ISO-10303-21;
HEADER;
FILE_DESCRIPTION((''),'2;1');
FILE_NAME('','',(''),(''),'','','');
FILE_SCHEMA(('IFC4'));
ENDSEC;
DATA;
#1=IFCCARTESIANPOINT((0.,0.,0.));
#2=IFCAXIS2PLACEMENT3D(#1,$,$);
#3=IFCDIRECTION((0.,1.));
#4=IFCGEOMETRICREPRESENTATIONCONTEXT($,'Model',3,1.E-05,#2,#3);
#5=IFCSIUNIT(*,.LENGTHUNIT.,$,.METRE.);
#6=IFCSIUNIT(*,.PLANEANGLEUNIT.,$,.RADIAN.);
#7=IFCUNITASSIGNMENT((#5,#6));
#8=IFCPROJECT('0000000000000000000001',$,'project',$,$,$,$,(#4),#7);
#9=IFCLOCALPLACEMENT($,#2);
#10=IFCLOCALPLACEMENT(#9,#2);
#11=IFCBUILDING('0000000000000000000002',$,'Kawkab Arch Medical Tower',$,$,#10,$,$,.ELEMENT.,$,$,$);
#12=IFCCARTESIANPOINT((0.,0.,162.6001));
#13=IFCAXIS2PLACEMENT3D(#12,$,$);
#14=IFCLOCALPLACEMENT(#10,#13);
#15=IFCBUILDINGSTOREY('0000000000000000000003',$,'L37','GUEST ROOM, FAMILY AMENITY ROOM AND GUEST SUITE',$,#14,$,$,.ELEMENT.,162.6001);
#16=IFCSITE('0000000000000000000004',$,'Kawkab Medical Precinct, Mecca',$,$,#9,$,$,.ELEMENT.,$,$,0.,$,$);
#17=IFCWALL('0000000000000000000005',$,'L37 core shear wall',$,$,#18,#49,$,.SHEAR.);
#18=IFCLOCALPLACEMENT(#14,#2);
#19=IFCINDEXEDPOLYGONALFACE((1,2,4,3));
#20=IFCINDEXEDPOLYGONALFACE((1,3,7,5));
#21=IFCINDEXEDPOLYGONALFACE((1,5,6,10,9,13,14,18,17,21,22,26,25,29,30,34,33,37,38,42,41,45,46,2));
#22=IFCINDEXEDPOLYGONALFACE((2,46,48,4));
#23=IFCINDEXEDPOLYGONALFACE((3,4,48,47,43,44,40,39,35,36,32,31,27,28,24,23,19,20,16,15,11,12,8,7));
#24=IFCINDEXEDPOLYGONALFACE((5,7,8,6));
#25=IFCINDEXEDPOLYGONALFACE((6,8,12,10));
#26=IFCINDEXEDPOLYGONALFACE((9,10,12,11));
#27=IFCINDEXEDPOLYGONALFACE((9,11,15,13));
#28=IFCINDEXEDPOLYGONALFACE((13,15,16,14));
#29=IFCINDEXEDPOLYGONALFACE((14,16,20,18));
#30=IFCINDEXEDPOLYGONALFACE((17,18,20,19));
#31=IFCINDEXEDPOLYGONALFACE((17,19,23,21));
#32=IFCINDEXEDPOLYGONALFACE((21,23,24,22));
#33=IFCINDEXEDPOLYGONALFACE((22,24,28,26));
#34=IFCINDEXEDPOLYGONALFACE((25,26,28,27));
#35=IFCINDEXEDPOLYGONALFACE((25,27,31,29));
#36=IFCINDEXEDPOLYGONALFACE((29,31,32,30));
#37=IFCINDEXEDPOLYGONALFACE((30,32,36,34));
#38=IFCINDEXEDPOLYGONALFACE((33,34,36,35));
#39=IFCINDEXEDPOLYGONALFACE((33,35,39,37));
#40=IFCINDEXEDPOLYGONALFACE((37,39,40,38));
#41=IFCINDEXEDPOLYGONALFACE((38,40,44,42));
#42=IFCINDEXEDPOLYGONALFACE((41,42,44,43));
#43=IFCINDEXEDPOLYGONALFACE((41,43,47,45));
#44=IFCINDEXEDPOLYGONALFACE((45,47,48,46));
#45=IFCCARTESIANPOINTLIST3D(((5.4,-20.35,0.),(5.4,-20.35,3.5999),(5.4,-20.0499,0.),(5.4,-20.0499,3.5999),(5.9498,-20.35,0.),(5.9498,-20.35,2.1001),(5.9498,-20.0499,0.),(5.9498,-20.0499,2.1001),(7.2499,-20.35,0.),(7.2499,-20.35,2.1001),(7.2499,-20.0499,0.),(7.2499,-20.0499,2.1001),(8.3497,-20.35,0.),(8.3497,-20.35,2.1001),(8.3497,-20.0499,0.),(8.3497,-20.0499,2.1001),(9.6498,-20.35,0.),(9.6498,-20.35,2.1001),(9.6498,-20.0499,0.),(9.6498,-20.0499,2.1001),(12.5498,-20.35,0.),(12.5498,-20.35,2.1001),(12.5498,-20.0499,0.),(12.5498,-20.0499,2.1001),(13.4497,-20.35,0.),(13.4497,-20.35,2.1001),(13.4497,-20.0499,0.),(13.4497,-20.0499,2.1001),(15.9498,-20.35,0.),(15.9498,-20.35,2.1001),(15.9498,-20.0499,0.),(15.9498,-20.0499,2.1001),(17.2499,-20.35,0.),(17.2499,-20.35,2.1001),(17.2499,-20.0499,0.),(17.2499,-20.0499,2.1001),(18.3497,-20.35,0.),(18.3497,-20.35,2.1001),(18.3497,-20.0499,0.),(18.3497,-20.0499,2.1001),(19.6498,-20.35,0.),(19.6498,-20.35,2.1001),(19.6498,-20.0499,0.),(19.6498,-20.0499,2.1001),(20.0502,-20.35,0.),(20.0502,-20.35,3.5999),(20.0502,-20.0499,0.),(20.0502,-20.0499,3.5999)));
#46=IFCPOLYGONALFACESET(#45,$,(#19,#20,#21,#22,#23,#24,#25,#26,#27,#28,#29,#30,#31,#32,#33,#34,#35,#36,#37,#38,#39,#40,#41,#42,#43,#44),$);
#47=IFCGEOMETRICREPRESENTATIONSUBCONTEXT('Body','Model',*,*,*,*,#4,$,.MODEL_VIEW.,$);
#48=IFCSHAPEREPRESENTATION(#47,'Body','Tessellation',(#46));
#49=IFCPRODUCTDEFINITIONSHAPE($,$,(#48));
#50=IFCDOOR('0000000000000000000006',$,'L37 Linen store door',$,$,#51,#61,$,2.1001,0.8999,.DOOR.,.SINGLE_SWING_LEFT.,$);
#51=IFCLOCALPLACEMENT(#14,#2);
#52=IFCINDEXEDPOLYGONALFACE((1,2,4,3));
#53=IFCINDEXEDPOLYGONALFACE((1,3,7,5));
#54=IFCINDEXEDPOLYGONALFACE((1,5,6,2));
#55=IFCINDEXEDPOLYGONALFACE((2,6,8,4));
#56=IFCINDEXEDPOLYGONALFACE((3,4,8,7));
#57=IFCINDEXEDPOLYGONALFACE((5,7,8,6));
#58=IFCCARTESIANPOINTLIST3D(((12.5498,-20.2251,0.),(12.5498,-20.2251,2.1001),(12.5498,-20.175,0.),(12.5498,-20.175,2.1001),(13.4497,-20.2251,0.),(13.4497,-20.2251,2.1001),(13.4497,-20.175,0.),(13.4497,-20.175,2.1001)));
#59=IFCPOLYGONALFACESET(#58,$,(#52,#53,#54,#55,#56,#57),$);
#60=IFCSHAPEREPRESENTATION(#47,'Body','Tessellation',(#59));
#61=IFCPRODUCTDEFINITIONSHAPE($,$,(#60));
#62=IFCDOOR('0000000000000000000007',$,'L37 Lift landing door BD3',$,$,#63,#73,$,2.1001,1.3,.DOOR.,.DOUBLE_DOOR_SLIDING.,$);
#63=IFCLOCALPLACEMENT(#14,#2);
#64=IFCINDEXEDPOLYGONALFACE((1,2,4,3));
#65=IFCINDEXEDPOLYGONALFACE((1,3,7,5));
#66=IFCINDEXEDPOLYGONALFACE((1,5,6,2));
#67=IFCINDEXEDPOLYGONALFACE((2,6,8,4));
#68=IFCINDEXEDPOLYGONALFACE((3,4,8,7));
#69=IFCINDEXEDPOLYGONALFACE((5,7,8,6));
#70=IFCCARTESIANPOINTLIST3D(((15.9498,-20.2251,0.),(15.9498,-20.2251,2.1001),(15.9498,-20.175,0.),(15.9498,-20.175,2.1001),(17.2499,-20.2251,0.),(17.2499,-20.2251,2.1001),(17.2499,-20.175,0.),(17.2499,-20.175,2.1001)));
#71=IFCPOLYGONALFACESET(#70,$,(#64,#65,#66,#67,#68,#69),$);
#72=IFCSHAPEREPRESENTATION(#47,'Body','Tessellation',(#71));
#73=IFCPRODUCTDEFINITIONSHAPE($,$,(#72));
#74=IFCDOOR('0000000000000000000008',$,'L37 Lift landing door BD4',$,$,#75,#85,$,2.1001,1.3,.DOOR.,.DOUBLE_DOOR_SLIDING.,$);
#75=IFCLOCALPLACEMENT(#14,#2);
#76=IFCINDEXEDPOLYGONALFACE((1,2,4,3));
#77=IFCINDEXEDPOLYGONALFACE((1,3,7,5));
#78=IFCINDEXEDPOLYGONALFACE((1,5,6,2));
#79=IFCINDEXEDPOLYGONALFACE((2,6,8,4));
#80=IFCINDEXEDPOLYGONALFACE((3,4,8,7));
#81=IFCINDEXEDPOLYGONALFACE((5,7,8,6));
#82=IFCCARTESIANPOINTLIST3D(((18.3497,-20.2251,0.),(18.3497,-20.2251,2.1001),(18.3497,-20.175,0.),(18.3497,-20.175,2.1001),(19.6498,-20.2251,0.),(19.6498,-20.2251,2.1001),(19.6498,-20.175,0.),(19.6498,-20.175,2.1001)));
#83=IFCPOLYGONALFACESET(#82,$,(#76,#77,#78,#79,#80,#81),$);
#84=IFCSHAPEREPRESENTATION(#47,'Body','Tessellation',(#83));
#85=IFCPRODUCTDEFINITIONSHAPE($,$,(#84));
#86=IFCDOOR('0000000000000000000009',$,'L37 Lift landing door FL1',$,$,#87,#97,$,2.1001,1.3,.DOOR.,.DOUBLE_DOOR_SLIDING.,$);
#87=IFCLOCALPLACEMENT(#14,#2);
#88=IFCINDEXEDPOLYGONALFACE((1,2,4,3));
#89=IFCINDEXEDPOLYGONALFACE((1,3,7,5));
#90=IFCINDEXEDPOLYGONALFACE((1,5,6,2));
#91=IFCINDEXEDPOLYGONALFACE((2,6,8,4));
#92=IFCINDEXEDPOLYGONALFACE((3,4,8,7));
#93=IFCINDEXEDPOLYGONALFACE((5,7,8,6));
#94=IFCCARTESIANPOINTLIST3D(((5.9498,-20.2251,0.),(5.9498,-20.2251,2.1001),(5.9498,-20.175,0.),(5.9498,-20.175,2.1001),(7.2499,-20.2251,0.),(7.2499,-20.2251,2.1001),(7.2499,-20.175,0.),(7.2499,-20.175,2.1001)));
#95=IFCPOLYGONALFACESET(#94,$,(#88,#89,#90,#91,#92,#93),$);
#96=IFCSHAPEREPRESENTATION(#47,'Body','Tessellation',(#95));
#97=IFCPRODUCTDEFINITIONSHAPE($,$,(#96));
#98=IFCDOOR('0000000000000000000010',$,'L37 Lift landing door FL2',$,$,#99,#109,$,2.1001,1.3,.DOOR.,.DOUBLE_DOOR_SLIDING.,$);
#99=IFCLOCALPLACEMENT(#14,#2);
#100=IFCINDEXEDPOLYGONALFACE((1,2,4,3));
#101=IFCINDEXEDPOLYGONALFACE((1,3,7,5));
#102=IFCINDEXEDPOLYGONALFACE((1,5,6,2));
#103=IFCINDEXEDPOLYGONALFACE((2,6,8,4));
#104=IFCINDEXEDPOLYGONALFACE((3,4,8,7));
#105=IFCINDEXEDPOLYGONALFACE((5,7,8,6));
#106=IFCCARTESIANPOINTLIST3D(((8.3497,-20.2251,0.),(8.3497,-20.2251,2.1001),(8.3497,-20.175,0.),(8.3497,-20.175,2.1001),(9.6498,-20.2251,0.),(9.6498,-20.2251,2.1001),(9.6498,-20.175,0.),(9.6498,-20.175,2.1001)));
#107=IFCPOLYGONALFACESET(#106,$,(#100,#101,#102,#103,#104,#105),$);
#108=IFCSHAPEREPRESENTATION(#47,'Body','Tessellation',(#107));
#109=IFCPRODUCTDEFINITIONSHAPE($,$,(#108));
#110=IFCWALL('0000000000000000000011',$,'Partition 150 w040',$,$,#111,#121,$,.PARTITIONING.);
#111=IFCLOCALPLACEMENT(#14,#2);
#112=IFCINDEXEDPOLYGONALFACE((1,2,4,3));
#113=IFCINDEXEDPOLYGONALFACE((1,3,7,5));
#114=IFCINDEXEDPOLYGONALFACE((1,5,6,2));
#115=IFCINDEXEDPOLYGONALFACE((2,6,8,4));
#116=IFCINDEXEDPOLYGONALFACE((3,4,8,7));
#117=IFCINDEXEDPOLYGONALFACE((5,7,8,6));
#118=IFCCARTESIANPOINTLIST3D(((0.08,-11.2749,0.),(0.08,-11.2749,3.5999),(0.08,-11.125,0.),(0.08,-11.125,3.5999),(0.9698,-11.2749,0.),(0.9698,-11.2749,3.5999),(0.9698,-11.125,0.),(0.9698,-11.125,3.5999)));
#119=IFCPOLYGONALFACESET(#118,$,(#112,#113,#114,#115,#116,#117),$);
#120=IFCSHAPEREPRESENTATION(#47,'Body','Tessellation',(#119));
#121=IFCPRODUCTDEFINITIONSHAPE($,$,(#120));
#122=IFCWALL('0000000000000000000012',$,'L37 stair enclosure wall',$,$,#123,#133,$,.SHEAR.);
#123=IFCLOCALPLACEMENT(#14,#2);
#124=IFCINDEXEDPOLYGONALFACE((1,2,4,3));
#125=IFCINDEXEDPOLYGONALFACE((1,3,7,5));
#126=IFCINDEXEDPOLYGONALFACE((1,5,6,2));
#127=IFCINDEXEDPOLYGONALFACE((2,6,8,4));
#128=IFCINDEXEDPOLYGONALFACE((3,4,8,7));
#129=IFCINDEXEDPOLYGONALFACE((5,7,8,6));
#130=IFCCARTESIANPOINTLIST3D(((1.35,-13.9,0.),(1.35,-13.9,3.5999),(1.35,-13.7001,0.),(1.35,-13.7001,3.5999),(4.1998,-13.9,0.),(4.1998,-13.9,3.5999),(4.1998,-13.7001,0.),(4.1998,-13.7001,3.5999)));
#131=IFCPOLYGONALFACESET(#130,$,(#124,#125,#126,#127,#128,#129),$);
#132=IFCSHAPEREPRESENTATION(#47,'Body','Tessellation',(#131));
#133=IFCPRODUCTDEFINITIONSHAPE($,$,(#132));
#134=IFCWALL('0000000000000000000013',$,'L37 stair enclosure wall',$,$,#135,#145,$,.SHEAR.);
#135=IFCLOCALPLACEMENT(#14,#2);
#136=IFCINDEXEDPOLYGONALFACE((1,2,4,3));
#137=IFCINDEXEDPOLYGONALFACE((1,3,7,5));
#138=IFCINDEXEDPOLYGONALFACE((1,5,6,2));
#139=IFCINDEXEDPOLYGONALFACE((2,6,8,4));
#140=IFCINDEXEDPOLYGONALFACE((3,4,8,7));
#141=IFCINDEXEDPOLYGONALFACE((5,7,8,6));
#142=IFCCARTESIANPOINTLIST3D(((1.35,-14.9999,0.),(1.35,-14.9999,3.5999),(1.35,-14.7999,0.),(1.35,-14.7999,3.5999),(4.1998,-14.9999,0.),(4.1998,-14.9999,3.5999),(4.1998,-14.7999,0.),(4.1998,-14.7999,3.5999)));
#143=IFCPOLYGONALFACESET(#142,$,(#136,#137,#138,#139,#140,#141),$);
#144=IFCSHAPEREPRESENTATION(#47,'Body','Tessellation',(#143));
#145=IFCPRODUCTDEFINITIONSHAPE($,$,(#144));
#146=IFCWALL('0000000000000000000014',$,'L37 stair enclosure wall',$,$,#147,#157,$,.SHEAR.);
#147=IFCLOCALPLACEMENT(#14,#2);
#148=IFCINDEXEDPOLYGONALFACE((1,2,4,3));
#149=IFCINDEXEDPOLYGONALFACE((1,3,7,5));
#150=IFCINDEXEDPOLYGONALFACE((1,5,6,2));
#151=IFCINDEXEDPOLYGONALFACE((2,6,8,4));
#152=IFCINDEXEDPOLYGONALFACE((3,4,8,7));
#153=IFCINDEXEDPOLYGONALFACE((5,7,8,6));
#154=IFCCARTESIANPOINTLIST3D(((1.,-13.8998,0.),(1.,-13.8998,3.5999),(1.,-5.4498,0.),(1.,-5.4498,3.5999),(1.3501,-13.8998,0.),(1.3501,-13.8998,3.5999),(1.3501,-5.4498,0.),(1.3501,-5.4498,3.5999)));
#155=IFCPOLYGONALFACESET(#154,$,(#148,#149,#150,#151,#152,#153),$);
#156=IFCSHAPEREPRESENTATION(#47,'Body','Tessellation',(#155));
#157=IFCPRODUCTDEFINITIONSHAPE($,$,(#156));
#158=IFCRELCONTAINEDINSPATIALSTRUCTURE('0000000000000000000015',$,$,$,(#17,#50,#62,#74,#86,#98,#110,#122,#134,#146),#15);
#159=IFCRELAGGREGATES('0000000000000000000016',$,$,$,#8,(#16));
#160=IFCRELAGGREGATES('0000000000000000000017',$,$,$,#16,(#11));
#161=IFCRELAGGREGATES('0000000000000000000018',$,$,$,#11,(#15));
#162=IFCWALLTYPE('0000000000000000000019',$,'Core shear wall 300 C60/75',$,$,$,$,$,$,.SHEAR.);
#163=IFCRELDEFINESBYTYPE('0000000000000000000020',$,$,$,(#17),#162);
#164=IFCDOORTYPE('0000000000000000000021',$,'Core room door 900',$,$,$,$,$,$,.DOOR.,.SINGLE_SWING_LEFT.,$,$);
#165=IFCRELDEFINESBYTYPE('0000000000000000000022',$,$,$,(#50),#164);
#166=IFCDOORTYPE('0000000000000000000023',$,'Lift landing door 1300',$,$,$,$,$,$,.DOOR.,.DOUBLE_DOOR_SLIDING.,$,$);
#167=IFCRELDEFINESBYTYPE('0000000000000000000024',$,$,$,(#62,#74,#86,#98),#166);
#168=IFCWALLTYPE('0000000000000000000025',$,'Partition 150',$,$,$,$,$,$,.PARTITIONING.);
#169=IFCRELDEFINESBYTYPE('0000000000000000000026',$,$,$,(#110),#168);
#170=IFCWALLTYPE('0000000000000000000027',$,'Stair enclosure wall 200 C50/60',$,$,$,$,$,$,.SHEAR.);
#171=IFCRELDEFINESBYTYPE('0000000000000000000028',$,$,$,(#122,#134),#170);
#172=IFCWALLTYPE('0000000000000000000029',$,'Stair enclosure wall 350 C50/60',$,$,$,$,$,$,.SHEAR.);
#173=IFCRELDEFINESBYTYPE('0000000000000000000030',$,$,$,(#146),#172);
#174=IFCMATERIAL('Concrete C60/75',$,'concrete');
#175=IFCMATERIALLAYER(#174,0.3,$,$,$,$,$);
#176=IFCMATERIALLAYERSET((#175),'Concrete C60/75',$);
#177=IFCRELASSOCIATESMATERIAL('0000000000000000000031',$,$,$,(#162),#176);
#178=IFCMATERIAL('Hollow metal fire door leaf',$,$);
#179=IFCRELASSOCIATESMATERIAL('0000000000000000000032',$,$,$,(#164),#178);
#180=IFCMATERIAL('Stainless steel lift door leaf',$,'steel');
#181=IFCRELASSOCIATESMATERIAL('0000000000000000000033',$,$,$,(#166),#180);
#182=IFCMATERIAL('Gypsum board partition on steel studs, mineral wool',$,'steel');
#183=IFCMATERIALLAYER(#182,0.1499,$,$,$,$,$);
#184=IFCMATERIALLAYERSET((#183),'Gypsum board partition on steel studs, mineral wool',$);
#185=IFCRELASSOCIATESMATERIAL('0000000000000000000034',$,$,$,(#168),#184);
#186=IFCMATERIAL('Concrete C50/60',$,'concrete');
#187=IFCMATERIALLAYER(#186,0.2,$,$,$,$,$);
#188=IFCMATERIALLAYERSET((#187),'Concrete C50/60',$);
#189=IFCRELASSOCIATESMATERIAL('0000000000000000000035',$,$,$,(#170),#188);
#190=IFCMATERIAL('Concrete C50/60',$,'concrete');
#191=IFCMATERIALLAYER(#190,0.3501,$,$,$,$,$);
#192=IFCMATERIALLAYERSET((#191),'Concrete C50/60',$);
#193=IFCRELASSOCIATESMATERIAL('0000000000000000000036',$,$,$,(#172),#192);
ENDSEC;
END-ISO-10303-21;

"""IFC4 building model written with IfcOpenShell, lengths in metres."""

from ifc_helpers import new_model, si_unit, direction, frame, frame_2d, origin, place, context, subcontext, project, spatial, rectangle, extrude, material, layer, layer_set, type_object, element, fill, save


model = new_model("IFC4")

# Units and contexts
model_context = context("Model", 3, precision=1e-05, world=origin(), true_north=direction((0.0, 1.0)))
body_context = subcontext(model_context, "Body", "Model", "MODEL_VIEW")
ifc_project = project(units=[si_unit("LENGTHUNIT", "METRE"), si_unit("PLANEANGLEUNIT", "RADIAN")], contexts=[model_context])

# Site, building, storey
site_placement = place(None, origin())
site = spatial("IfcSite", under=ifc_project, at=site_placement, Name="Kawkab Medical Precinct, Mecca", CompositionType="ELEMENT", RefElevation=0.0)
building_placement = place(site_placement, origin())
building = spatial("IfcBuilding", under=site, at=building_placement, Name="Kawkab Arch Medical Tower", CompositionType="ELEMENT")
storey_placement = place(building_placement, frame((0.0, 0.0, 162.6001)))
storey = spatial("IfcBuildingStorey", under=building, at=storey_placement, Name="L37", Description="GUEST ROOM, FAMILY AMENITY ROOM AND GUEST SUITE", CompositionType="ELEMENT", Elevation=162.6001)

# Wall, openings, doors
ifc_material_1 = material(Name="Concrete C60/75", Category="concrete")
ifc_layer_1 = layer(ifc_material_1, 0.3)
ifc_layer_set_1 = layer_set([ifc_layer_1], Name="Concrete C60/75")
wall_type_1 = type_object("IfcWallType", Name="Core shear wall 300 C60/75", PredefinedType="SHEAR", material=ifc_layer_set_1)
wall_1_placement = place(storey_placement, frame((5.3999, -20.2, 0.0), z_axis=(0.0, 0.0, 1.0), x_axis=(1.0, 0.0, 0.0)))
wall_1 = element("IfcWall", 1, at=wall_1_placement, inside=storey, type_object=wall_type_1, Name="L37 core shear wall", PredefinedType="SHEAR", context=body_context, shape_type="SweptSolid", body=[
    extrude(rectangle(XDim=14.6501, YDim=0.3, at=frame_2d((7.3252, 0.0))), origin(), (0.0, 0.0, 1.0), 3.5999),
])
opening_1_placement = place(wall_1_placement, frame((10.55, 0.0, 0.0)))
opening_1 = element("IfcOpeningElement", 2, at=opening_1_placement, cuts=wall_1, PredefinedType="OPENING", context=body_context, shape_type="SweptSolid", body=[
    extrude(rectangle(XDim=1.3, YDim=2.1001, at=frame_2d((0.6499, 1.05))), frame((0.0, 0.1599, 0.0), z_axis=(0.0, -1.0, 0.0), x_axis=(1.0, 0.0, 0.0)), (0.0, 0.0, 1.0), 0.3201),
])
opening_2_placement = place(wall_1_placement, frame((12.95, 0.0, 0.0)))
opening_2 = element("IfcOpeningElement", 3, at=opening_2_placement, cuts=wall_1, PredefinedType="OPENING", context=body_context, shape_type="SweptSolid", body=[
    extrude(rectangle(XDim=1.3, YDim=2.1001, at=frame_2d((0.6499, 1.05))), frame((0.0, 0.1599, 0.0), z_axis=(0.0, -1.0, 0.0), x_axis=(1.0, 0.0, 0.0)), (0.0, 0.0, 1.0), 0.3201),
])
opening_3_placement = place(wall_1_placement, frame((0.55, 0.0, 0.0)))
opening_3 = element("IfcOpeningElement", 4, at=opening_3_placement, cuts=wall_1, PredefinedType="OPENING", context=body_context, shape_type="SweptSolid", body=[
    extrude(rectangle(XDim=1.3, YDim=2.1001, at=frame_2d((0.6499, 1.05))), frame((0.0, 0.1599, 0.0), z_axis=(0.0, -1.0, 0.0), x_axis=(1.0, 0.0, 0.0)), (0.0, 0.0, 1.0), 0.3201),
])
opening_4_placement = place(wall_1_placement, frame((2.95, 0.0, 0.0)))
opening_4 = element("IfcOpeningElement", 5, at=opening_4_placement, cuts=wall_1, PredefinedType="OPENING", context=body_context, shape_type="SweptSolid", body=[
    extrude(rectangle(XDim=1.3, YDim=2.1001, at=frame_2d((0.6499, 1.05))), frame((0.0, 0.1599, 0.0), z_axis=(0.0, -1.0, 0.0), x_axis=(1.0, 0.0, 0.0)), (0.0, 0.0, 1.0), 0.3201),
])
opening_5_placement = place(wall_1_placement, frame((7.1499, 0.0, 0.0)))
opening_5 = element("IfcOpeningElement", 6, at=opening_5_placement, cuts=wall_1, PredefinedType="OPENING", context=body_context, shape_type="SweptSolid", body=[
    extrude(rectangle(XDim=0.8999, YDim=2.1001, at=frame_2d((0.45, 1.05))), frame((0.0, 0.1599, 0.0), z_axis=(0.0, -1.0, 0.0), x_axis=(1.0, 0.0, 0.0)), (0.0, 0.0, 1.0), 0.3201),
])
ifc_material_2 = material(Name="Hollow metal fire door leaf")
door_type_1 = type_object("IfcDoorType", Name="Core room door 900", OperationType="SINGLE_SWING_LEFT", PredefinedType="DOOR", material=ifc_material_2)
door_1_placement = place(opening_5_placement, origin())
door_1 = element("IfcDoor", 7, at=door_1_placement, inside=storey, type_object=door_type_1, Name="L37 Linen store door", OperationType="SINGLE_SWING_LEFT", OverallHeight=2.1001, OverallWidth=0.8999, PredefinedType="DOOR", context=body_context, shape_type="SweptSolid", body=[
    extrude(rectangle(XDim=0.8999, YDim=2.1001, at=frame_2d((0.45, 1.05))), frame((0.0, 0.0249, 0.0), z_axis=(0.0, -1.0, 0.0), x_axis=(1.0, 0.0, 0.0)), (0.0, 0.0, 1.0), 0.05),
])
fill(opening_5, door_1)
ifc_material_3 = material(Name="Stainless steel lift door leaf", Category="steel")
door_type_2 = type_object("IfcDoorType", Name="Lift landing door 1300", OperationType="DOUBLE_DOOR_SLIDING", PredefinedType="DOOR", material=ifc_material_3)
door_2_placement = place(opening_1_placement, origin())
door_2 = element("IfcDoor", 8, at=door_2_placement, inside=storey, type_object=door_type_2, Name="L37 Lift landing door BD3", OperationType="DOUBLE_DOOR_SLIDING", OverallHeight=2.1001, OverallWidth=1.3, PredefinedType="DOOR", context=body_context, shape_type="SweptSolid", body=[
    extrude(rectangle(XDim=1.3, YDim=2.1001, at=frame_2d((0.6499, 1.05))), frame((0.0, 0.0249, 0.0), z_axis=(0.0, -1.0, 0.0), x_axis=(1.0, 0.0, 0.0)), (0.0, 0.0, 1.0), 0.05),
])
fill(opening_1, door_2)
door_3_placement = place(opening_2_placement, origin())
door_3 = element("IfcDoor", 9, at=door_3_placement, inside=storey, type_object=door_type_2, Name="L37 Lift landing door BD4", OperationType="DOUBLE_DOOR_SLIDING", OverallHeight=2.1001, OverallWidth=1.3, PredefinedType="DOOR", context=body_context, shape_type="SweptSolid", body=[
    extrude(rectangle(XDim=1.3, YDim=2.1001, at=frame_2d((0.6499, 1.05))), frame((0.0, 0.0249, 0.0), z_axis=(0.0, -1.0, 0.0), x_axis=(1.0, 0.0, 0.0)), (0.0, 0.0, 1.0), 0.05),
])
fill(opening_2, door_3)
door_4_placement = place(opening_3_placement, origin())
door_4 = element("IfcDoor", 10, at=door_4_placement, inside=storey, type_object=door_type_2, Name="L37 Lift landing door FL1", OperationType="DOUBLE_DOOR_SLIDING", OverallHeight=2.1001, OverallWidth=1.3, PredefinedType="DOOR", context=body_context, shape_type="SweptSolid", body=[
    extrude(rectangle(XDim=1.3, YDim=2.1001, at=frame_2d((0.6499, 1.05))), frame((0.0, 0.0249, 0.0), z_axis=(0.0, -1.0, 0.0), x_axis=(1.0, 0.0, 0.0)), (0.0, 0.0, 1.0), 0.05),
])
fill(opening_3, door_4)
door_5_placement = place(opening_4_placement, origin())
door_5 = element("IfcDoor", 11, at=door_5_placement, inside=storey, type_object=door_type_2, Name="L37 Lift landing door FL2", OperationType="DOUBLE_DOOR_SLIDING", OverallHeight=2.1001, OverallWidth=1.3, PredefinedType="DOOR", context=body_context, shape_type="SweptSolid", body=[
    extrude(rectangle(XDim=1.3, YDim=2.1001, at=frame_2d((0.6499, 1.05))), frame((0.0, 0.0249, 0.0), z_axis=(0.0, -1.0, 0.0), x_axis=(1.0, 0.0, 0.0)), (0.0, 0.0, 1.0), 0.05),
])
fill(opening_4, door_5)

# Walls
ifc_material_4 = material(Name="Gypsum board partition on steel studs, mineral wool", Category="steel")
ifc_layer_2 = layer(ifc_material_4, 0.1499)
ifc_layer_set_2 = layer_set([ifc_layer_2], Name="Gypsum board partition on steel studs, mineral wool")
wall_type_2 = type_object("IfcWallType", Name="Partition 150", PredefinedType="PARTITIONING", material=ifc_layer_set_2)
wall_2_placement = place(storey_placement, frame((0.0801, -11.2, 0.0), z_axis=(0.0, 0.0, 1.0), x_axis=(1.0, 0.0, 0.0)))
element("IfcWall", 12, at=wall_2_placement, inside=storey, type_object=wall_type_2, Name="Partition 150 w040", PredefinedType="PARTITIONING", context=body_context, shape_type="SweptSolid", body=[
    extrude(rectangle(XDim=0.8899, YDim=0.1499, at=frame_2d((0.4448, 0.0))), origin(), (0.0, 0.0, 1.0), 3.5999),
])
ifc_material_5 = material(Name="Concrete C50/60", Category="concrete")
ifc_layer_3 = layer(ifc_material_5, 0.2)
ifc_layer_set_3 = layer_set([ifc_layer_3], Name="Concrete C50/60")
wall_type_3 = type_object("IfcWallType", Name="Stair enclosure wall 200 C50/60", PredefinedType="SHEAR", material=ifc_layer_set_3)
for number, where, z_axis, x_axis, name in (
    (13, (1.3501, -13.8, 0.0), (0.0, 0.0, 1.0), (1.0, 0.0, 0.0), "L37 stair enclosure wall"),
    (14, (1.3501, -14.8999, 0.0), (0.0, 0.0, 1.0), (1.0, 0.0, 0.0), "L37 stair enclosure wall"),
):
    element("IfcWall", number, at=place(storey_placement, frame(where, z_axis=z_axis, x_axis=x_axis)), inside=storey, type_object=wall_type_3, Name=name, PredefinedType="SHEAR", context=body_context, shape_type="SweptSolid", body=[
        extrude(rectangle(XDim=2.8499, YDim=0.2, at=frame_2d((1.4248, 0.0))), origin(), (0.0, 0.0, 1.0), 3.5999),
    ])
ifc_material_6 = material(Name="Concrete C50/60", Category="concrete")
ifc_layer_4 = layer(ifc_material_6, 0.3501)
ifc_layer_set_4 = layer_set([ifc_layer_4], Name="Concrete C50/60")
wall_type_4 = type_object("IfcWallType", Name="Stair enclosure wall 350 C50/60", PredefinedType="SHEAR", material=ifc_layer_set_4)
wall_3_placement = place(storey_placement, frame((1.175, -13.8999, 0.0), z_axis=(0.0, 0.0, 1.0), x_axis=(0.0, 1.0, 0.0)))
element("IfcWall", 15, at=wall_3_placement, inside=storey, type_object=wall_type_4, Name="L37 stair enclosure wall", PredefinedType="SHEAR", context=body_context, shape_type="SweptSolid", body=[
    extrude(rectangle(XDim=8.45, YDim=0.3501, at=frame_2d((4.2251, 0.0))), origin(), (0.0, 0.0, 1.0), 3.5999),
])

save(model, "model.ifc")
